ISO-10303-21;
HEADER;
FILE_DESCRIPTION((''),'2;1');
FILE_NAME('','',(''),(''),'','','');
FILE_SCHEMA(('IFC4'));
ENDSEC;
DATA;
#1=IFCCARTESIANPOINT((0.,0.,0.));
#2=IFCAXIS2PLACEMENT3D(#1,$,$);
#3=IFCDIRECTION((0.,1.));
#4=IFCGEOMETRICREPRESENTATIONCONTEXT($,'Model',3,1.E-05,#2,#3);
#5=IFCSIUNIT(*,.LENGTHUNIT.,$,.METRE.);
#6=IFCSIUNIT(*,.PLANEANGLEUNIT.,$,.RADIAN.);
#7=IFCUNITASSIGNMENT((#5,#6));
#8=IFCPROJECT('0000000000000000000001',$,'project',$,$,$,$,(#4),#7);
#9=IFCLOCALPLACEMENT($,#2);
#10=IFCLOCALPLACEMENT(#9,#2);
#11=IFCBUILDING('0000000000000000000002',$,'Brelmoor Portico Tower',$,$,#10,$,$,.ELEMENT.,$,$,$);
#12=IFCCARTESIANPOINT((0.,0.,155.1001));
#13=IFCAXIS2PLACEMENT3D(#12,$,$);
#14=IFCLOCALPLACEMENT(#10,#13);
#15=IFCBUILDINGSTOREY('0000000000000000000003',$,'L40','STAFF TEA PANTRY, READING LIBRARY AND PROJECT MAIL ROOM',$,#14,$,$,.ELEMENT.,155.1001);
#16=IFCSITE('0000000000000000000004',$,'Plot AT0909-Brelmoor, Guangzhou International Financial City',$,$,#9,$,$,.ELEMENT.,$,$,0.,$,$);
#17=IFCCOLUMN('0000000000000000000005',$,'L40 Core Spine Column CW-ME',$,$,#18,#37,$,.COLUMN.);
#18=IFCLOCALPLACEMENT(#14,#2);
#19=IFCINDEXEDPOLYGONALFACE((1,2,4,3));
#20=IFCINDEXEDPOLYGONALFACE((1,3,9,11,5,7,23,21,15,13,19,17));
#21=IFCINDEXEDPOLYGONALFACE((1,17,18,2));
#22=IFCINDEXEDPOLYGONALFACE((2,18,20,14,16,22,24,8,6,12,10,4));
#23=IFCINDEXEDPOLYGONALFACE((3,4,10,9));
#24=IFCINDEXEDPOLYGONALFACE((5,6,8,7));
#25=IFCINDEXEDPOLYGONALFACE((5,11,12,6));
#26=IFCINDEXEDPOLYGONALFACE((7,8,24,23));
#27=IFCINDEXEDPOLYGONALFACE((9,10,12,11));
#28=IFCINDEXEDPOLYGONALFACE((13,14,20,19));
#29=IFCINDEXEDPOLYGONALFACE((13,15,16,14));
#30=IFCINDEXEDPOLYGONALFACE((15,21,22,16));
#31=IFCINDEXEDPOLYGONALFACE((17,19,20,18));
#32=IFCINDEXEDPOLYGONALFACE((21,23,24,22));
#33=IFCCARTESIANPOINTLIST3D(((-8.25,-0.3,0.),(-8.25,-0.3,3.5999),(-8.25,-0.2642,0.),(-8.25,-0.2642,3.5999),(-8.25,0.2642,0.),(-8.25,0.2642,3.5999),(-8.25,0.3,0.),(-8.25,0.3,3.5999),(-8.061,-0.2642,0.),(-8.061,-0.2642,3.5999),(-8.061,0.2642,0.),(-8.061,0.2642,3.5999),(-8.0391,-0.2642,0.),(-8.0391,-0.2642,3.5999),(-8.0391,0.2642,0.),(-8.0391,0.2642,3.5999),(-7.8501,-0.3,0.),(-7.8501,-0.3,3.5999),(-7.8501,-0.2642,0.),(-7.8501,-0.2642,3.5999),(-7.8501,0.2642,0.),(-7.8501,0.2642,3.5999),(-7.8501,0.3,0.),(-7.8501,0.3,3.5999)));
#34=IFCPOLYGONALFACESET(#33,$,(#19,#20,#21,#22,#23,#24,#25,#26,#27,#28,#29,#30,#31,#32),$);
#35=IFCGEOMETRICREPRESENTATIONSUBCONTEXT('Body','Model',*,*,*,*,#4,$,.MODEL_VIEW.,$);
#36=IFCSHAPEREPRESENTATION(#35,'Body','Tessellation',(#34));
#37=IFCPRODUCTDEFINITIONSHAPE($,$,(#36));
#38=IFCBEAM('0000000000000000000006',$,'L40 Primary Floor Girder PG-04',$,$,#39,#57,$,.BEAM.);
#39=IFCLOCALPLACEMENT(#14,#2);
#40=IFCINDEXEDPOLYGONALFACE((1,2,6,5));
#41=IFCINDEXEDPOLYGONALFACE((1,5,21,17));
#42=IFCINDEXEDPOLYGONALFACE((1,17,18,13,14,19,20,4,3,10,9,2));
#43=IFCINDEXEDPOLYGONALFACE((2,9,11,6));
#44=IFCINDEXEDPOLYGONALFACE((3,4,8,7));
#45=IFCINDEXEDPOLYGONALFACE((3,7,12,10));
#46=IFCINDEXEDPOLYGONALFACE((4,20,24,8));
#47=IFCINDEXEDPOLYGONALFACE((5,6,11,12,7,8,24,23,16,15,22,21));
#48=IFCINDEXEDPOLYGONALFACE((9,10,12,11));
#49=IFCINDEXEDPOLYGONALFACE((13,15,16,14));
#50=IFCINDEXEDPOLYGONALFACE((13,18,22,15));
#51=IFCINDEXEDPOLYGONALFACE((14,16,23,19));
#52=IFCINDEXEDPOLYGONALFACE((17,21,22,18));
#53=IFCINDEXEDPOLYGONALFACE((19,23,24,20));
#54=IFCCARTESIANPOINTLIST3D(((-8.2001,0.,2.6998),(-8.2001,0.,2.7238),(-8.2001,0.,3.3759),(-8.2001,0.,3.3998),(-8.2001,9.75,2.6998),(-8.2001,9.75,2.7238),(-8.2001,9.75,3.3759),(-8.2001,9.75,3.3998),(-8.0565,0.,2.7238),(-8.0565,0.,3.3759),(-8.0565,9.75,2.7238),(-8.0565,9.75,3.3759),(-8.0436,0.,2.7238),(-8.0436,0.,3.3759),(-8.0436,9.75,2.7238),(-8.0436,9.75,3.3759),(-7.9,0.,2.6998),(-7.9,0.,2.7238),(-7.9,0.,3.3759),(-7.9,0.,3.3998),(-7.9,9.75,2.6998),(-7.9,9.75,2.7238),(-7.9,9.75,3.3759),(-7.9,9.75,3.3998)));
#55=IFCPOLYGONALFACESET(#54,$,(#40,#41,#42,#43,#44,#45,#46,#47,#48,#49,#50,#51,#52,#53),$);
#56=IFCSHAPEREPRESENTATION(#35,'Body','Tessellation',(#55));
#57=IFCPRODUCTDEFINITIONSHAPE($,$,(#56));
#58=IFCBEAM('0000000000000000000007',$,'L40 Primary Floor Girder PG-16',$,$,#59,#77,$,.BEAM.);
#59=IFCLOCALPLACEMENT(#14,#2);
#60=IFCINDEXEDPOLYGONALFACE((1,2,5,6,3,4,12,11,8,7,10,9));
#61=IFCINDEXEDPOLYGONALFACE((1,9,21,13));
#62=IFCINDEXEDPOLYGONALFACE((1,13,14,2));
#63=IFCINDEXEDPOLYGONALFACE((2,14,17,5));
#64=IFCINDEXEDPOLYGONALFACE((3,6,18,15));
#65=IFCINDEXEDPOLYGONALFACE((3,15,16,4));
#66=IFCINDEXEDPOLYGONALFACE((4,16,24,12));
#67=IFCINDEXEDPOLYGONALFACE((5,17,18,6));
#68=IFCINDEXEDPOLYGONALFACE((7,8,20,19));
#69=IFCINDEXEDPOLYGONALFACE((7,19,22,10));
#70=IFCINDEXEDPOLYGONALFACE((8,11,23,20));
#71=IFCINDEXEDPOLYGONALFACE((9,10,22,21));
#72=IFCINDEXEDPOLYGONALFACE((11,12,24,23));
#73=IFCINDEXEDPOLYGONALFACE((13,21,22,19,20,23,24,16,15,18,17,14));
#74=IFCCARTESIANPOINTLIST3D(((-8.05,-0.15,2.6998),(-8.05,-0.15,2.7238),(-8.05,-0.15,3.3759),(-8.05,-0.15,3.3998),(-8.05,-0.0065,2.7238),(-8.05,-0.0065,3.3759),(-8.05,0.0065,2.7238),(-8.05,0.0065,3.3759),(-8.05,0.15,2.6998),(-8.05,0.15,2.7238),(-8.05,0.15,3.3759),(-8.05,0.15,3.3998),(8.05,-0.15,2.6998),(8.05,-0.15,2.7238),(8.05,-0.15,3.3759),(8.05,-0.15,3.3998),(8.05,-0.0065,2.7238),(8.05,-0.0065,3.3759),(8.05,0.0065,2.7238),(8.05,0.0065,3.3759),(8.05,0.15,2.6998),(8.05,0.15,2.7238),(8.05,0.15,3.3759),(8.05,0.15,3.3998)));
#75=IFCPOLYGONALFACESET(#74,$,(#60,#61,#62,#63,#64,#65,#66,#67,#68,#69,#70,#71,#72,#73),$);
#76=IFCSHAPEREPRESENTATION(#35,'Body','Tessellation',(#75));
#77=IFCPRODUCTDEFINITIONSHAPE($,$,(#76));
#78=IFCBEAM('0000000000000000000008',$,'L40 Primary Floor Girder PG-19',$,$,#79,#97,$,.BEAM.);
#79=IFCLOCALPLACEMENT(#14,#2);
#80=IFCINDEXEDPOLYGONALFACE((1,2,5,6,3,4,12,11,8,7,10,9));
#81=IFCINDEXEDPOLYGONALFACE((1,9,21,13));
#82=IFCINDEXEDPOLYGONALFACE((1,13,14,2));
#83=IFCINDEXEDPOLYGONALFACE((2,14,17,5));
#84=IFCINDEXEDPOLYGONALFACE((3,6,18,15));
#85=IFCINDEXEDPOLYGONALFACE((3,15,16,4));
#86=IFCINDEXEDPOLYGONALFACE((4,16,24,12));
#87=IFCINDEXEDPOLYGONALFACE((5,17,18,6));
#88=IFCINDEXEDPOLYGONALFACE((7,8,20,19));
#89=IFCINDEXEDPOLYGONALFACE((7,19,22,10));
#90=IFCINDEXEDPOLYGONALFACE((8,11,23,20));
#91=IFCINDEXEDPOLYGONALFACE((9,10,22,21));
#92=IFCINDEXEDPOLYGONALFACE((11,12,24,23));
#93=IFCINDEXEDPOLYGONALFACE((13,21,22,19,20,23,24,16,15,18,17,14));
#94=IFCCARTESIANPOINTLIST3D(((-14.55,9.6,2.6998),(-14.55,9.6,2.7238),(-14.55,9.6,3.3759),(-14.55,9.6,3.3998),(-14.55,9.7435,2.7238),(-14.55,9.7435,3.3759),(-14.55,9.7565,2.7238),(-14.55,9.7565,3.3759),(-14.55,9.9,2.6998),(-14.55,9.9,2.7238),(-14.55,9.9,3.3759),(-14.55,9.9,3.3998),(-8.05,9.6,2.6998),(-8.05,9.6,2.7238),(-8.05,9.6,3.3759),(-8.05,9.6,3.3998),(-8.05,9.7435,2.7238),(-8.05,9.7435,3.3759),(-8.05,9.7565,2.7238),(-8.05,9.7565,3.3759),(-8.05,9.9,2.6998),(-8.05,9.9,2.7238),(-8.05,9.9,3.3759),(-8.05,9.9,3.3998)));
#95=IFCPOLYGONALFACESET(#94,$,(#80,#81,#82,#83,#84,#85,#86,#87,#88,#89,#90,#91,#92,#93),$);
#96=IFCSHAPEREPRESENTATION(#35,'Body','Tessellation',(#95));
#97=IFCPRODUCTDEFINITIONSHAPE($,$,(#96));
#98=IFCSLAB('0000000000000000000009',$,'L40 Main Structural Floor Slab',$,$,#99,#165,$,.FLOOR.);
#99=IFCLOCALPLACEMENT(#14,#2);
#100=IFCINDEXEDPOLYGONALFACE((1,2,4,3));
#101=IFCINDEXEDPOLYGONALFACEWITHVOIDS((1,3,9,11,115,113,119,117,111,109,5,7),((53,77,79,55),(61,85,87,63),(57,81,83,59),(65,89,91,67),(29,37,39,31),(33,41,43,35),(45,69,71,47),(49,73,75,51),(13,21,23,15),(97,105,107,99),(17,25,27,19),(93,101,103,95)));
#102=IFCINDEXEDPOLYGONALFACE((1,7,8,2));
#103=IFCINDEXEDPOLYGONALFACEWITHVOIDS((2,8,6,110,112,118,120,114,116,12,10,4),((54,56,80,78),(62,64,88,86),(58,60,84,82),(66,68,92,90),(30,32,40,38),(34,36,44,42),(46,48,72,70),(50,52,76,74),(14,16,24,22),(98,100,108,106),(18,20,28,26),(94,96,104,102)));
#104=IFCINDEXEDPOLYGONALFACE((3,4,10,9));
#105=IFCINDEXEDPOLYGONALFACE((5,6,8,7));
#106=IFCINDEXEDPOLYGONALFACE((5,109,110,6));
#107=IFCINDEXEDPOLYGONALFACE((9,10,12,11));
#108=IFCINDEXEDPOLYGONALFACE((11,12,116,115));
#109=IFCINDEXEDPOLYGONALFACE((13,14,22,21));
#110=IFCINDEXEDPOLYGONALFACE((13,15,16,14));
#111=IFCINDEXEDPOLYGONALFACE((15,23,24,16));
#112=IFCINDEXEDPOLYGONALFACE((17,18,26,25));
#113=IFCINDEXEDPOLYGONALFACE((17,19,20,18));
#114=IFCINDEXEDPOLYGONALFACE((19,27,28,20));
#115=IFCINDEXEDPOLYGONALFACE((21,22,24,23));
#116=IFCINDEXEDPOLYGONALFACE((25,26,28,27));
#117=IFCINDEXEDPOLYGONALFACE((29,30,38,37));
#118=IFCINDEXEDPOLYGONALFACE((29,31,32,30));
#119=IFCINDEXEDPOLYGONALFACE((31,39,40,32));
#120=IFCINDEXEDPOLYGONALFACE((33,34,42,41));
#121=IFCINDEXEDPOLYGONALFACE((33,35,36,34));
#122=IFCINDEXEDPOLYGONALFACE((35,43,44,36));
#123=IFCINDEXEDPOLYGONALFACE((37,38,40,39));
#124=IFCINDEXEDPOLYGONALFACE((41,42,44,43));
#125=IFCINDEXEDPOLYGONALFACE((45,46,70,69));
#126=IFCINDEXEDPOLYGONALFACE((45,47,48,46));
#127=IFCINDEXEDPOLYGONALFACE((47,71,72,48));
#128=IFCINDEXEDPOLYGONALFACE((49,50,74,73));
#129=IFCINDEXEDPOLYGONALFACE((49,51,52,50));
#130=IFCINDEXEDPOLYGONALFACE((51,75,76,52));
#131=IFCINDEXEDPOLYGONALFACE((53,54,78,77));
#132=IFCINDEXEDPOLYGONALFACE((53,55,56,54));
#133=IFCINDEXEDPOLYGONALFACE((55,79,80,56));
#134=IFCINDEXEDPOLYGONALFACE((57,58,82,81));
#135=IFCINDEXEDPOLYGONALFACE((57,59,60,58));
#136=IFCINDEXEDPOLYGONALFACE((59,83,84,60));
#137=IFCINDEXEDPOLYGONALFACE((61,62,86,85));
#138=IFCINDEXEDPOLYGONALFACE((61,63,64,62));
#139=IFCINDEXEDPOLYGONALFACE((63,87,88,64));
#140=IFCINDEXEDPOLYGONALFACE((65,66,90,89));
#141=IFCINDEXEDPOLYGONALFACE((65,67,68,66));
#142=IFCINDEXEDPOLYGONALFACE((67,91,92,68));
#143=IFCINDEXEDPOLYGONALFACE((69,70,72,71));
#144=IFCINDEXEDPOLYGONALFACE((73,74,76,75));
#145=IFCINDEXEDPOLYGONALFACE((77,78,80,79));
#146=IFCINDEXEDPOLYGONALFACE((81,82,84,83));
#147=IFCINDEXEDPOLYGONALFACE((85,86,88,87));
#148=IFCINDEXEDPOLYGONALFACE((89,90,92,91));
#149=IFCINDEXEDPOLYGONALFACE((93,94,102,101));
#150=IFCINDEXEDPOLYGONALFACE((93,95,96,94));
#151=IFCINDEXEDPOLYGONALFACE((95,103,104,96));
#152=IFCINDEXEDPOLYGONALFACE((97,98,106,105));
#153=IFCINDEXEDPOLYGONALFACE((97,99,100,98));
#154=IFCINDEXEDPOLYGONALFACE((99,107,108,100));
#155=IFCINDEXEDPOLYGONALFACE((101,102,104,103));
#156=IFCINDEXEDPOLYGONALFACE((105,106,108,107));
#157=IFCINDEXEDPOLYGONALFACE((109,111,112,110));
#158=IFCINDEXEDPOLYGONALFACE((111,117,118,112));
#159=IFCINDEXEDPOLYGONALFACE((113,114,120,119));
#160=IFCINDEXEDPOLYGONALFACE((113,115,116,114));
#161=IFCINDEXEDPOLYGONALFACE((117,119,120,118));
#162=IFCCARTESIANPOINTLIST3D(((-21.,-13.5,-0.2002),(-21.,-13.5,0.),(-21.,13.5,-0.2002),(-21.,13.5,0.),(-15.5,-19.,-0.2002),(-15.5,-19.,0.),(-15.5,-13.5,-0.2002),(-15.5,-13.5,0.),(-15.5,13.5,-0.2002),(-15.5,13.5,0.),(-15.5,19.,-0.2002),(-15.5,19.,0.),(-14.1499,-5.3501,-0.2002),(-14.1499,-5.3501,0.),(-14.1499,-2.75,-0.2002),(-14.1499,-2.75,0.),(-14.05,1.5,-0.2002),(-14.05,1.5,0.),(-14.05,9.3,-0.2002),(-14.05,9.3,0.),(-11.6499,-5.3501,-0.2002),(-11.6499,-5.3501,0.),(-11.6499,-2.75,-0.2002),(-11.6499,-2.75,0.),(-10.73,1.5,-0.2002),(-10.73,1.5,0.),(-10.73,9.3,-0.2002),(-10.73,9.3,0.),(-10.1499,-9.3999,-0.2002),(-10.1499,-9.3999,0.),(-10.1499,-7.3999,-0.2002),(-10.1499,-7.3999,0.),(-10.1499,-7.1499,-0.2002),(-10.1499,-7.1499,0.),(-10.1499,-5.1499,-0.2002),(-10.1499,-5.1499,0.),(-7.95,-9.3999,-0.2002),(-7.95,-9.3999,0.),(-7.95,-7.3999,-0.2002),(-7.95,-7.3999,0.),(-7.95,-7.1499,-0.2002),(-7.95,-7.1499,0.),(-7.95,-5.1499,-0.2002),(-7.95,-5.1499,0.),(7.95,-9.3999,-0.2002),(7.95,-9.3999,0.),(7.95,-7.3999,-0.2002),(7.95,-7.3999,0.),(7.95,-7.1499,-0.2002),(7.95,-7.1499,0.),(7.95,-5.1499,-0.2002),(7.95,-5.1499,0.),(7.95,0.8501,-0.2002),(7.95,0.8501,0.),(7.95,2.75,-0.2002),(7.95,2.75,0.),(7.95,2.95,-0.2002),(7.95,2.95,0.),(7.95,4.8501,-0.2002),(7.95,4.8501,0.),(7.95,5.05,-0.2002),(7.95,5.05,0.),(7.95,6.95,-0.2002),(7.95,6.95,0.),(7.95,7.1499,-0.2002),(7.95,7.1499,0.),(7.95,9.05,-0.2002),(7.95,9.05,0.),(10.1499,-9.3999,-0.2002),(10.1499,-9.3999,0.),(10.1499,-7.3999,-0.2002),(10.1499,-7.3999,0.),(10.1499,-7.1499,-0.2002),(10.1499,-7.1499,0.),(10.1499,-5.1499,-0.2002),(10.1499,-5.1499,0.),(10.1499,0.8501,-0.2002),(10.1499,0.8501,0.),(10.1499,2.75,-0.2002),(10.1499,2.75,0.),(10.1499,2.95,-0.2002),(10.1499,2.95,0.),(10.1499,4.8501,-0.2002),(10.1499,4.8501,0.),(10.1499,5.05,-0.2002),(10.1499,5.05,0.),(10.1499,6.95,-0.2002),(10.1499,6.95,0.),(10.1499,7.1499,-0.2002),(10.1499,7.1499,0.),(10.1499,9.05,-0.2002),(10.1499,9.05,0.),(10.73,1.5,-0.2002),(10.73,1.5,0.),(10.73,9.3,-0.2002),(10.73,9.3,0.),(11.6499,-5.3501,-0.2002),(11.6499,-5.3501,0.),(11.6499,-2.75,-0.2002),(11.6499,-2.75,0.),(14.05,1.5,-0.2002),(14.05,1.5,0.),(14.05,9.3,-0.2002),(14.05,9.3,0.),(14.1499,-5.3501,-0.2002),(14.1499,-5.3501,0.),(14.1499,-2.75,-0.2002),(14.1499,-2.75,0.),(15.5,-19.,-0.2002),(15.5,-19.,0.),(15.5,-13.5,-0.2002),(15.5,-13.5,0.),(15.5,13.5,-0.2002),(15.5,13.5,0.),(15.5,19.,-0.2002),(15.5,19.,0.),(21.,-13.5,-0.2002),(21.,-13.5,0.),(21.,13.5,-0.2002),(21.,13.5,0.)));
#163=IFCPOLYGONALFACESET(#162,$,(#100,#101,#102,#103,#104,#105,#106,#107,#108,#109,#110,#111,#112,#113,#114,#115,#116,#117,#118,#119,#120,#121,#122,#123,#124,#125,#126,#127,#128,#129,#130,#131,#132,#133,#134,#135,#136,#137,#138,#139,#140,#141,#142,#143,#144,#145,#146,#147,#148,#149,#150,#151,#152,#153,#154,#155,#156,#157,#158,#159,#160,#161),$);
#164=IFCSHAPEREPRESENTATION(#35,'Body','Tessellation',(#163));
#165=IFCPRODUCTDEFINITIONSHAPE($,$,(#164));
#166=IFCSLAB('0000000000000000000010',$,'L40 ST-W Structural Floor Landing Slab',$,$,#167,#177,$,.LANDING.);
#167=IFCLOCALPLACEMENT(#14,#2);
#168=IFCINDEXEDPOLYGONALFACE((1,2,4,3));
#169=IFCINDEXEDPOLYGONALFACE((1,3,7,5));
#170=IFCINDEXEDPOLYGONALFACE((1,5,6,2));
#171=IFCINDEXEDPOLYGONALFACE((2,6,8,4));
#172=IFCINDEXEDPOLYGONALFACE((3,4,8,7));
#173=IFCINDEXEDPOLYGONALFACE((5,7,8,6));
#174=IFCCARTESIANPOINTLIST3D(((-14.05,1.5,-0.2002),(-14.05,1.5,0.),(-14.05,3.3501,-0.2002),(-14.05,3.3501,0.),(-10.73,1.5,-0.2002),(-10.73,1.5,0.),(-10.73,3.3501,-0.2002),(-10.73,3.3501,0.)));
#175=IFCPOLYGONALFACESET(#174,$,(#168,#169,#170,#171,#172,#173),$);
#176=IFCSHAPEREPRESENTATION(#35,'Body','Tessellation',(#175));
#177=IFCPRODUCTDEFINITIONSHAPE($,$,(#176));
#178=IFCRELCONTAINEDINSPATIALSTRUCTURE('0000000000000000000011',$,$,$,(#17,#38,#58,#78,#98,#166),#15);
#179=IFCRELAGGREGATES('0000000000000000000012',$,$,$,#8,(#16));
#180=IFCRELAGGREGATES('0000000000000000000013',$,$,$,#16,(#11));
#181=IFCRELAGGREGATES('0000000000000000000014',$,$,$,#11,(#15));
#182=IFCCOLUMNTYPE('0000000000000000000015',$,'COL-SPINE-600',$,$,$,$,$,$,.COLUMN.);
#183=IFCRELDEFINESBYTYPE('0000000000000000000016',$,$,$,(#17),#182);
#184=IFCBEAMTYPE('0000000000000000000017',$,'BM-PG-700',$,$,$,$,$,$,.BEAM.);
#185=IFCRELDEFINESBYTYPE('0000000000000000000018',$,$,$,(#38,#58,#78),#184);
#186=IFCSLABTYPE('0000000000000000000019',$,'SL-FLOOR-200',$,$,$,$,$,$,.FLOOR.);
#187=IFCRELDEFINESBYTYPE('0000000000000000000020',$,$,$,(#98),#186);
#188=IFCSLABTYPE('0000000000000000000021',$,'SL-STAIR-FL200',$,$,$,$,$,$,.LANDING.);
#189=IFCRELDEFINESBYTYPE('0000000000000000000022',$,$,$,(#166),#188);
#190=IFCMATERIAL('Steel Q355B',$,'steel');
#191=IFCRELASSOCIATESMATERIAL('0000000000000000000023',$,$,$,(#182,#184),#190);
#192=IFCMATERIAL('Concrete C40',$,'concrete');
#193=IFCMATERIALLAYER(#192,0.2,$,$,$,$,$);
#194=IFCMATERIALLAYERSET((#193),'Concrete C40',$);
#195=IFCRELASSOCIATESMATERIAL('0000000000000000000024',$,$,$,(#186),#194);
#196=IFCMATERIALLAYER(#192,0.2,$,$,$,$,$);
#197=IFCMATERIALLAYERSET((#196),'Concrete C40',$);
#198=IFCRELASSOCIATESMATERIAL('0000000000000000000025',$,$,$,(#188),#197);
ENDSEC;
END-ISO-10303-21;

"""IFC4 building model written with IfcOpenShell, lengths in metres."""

from ifc_helpers import new_model, si_unit, direction, frame, origin, origin_2d, place, context, subcontext, project, spatial, polyline, i_section, outline, extrude, material, layer, layer_set, material_profile, profile_set, type_object, element, save


model = new_model("IFC4")

# Units and contexts
model_context = context("Model", 3, precision=1e-05, world=origin(), true_north=direction((0.0, 1.0)))
body_context = subcontext(model_context, "Body", "Model", "MODEL_VIEW")
ifc_project = project(units=[si_unit("LENGTHUNIT", "METRE"), si_unit("PLANEANGLEUNIT", "RADIAN")], contexts=[model_context])

# Site, building, storey
site_placement = place(None, origin())
site = spatial("IfcSite", under=ifc_project, at=site_placement, Name="Plot AT0909-Brelmoor, Guangzhou International Financial City", CompositionType="ELEMENT", RefElevation=0.0)
building_placement = place(site_placement, origin())
building = spatial("IfcBuilding", under=site, at=building_placement, Name="Brelmoor Portico Tower", CompositionType="ELEMENT")
storey_placement = place(building_placement, frame((0.0, 0.0, 155.1001)))
storey = spatial("IfcBuildingStorey", under=building, at=storey_placement, Name="L40", Description="STAFF TEA PANTRY, READING LIBRARY AND PROJECT MAIL ROOM", CompositionType="ELEMENT", Elevation=155.1001)

# Column
ifc_material_1 = material(Name="Steel Q355B", Category="steel")
ifc_material_profile_1 = material_profile(ifc_material_1, i_section(OverallWidth=0.3999, OverallDepth=0.6001, WebThickness=0.022, FlangeThickness=0.0359, at=origin_2d()), Name="HW 600x400x22x36")
ifc_profile_set_1 = profile_set([ifc_material_profile_1], Name="Steel Q355B")
column_type = type_object("IfcColumnType", Name="COL-SPINE-600", PredefinedType="COLUMN", material=ifc_profile_set_1)
column_placement = place(storey_placement, frame((-8.05, 0.0, 0.0), z_axis=(0.0, 0.0, 1.0), x_axis=(1.0, 0.0, 0.0)))
element("IfcColumn", 1, at=column_placement, inside=storey, type_object=column_type, Name="L40 Core Spine Column CW-ME", PredefinedType="COLUMN", context=body_context, shape_type="SweptSolid", body=[
    extrude(i_section(OverallWidth=0.3999, OverallDepth=0.6001, WebThickness=0.022, FlangeThickness=0.0359, at=origin_2d()), origin(), (0.0, 0.0, 1.0), 3.5999),
])

# Beams
ifc_material_profile_2 = material_profile(ifc_material_1, i_section(OverallWidth=0.3, OverallDepth=0.7, WebThickness=0.0129, FlangeThickness=0.0239, at=origin_2d()), Name="HN 700x300x13x24")
ifc_profile_set_2 = profile_set([ifc_material_profile_2], Name="Steel Q355B")
beam_type = type_object("IfcBeamType", Name="BM-PG-700", PredefinedType="BEAM", material=ifc_profile_set_2)
beam_1_placement = place(storey_placement, frame((-8.05, 0.0, 3.0498), z_axis=(0.0, 1.0, 0.0), x_axis=(-1.0, 0.0, 0.0)))
element("IfcBeam", 2, at=beam_1_placement, inside=storey, type_object=beam_type, Name="L40 Primary Floor Girder PG-04", PredefinedType="BEAM", context=body_context, shape_type="SweptSolid", body=[
    extrude(i_section(OverallWidth=0.3, OverallDepth=0.7, WebThickness=0.0129, FlangeThickness=0.0239, at=origin_2d()), origin(), (0.0, 0.0, 1.0), 9.75),
])
beam_2_placement = place(storey_placement, frame((-8.05, 0.0, 3.0498), z_axis=(1.0, 0.0, 0.0), x_axis=(0.0, 1.0, 0.0)))
element("IfcBeam", 3, at=beam_2_placement, inside=storey, type_object=beam_type, Name="L40 Primary Floor Girder PG-16", PredefinedType="BEAM", context=body_context, shape_type="SweptSolid", body=[
    extrude(i_section(OverallWidth=0.3, OverallDepth=0.7, WebThickness=0.0129, FlangeThickness=0.0239, at=origin_2d()), origin(), (0.0, 0.0, 1.0), 16.1001),
])
beam_3_placement = place(storey_placement, frame((-14.55, 9.75, 3.0498), z_axis=(1.0, 0.0, 0.0), x_axis=(0.0, 1.0, 0.0)))
element("IfcBeam", 4, at=beam_3_placement, inside=storey, type_object=beam_type, Name="L40 Primary Floor Girder PG-19", PredefinedType="BEAM", context=body_context, shape_type="SweptSolid", body=[
    extrude(i_section(OverallWidth=0.3, OverallDepth=0.7, WebThickness=0.0129, FlangeThickness=0.0239, at=origin_2d()), origin(), (0.0, 0.0, 1.0), 6.5),
])

# Slabs
ifc_material_2 = material(Name="Concrete C40", Category="concrete")
ifc_layer_1 = layer(ifc_material_2, 0.2)
ifc_layer_set_1 = layer_set([ifc_layer_1], Name="Concrete C40")
slab_type_1 = type_object("IfcSlabType", Name="SL-FLOOR-200", PredefinedType="FLOOR", material=ifc_layer_set_1)
slab_1_placement = place(storey_placement, frame((0.0, 0.0, -0.2002)))
element("IfcSlab", 5, at=slab_1_placement, inside=storey, type_object=slab_type_1, Name="L40 Main Structural Floor Slab", PredefinedType="FLOOR", context=body_context, shape_type="SweptSolid", body=[
    extrude(outline(polyline([(-15.5, -19.0), (15.5, -19.0), (15.5, -13.5), (21.0, -13.5), (21.0, 13.5), (15.5, 13.5), (15.5, 19.0), (-15.5, 19.0), (-15.5, 13.5), (-21.0, 13.5), (-21.0, -13.5), (-15.5, -13.5), (-15.5, -19.0)]), holes=[polyline([(-10.73, 1.5), (-10.73, 9.3), (-14.05, 9.3), (-14.05, 1.5), (-10.73, 1.5)]), polyline([(14.05, 1.5), (14.05, 9.3), (10.73, 9.3), (10.73, 1.5), (14.05, 1.5)]), polyline([(7.95, 0.8501), (10.1499, 0.8501), (10.1499, 2.75), (7.95, 2.75), (7.95, 0.8501)]), polyline([(7.95, 2.95), (10.1499, 2.95), (10.1499, 4.8501), (7.95, 4.8501), (7.95, 2.95)]), polyline([(7.95, 5.05), (10.1499, 5.05), (10.1499, 6.95), (7.95, 6.95), (7.95, 5.05)]), polyline([(7.95, 7.1499), (10.1499, 7.1499), (10.1499, 9.05), (7.95, 9.05), (7.95, 7.1499)]), polyline([(-10.1499, -9.3999), (-7.95, -9.3999), (-7.95, -7.3999), (-10.1499, -7.3999), (-10.1499, -9.3999)]), polyline([(-10.1499, -7.1499), (-7.95, -7.1499), (-7.95, -5.1499), (-10.1499, -5.1499), (-10.1499, -7.1499)]), polyline([(7.95, -9.3999), (10.1499, -9.3999), (10.1499, -7.3999), (7.95, -7.3999), (7.95, -9.3999)]), polyline([(7.95, -7.1499), (10.1499, -7.1499), (10.1499, -5.1499), (7.95, -5.1499), (7.95, -7.1499)]), polyline([(-14.1499, -5.3501), (-11.6499, -5.3501), (-11.6499, -2.75), (-14.1499, -2.75), (-14.1499, -5.3501)]), polyline([(11.6499, -5.3501), (14.1499, -5.3501), (14.1499, -2.75), (11.6499, -2.75), (11.6499, -5.3501)])]), origin(), (0.0, 0.0, 1.0), 0.2002),
])
ifc_layer_2 = layer(ifc_material_2, 0.2)
ifc_layer_set_2 = layer_set([ifc_layer_2], Name="Concrete C40")
slab_type_2 = type_object("IfcSlabType", Name="SL-STAIR-FL200", PredefinedType="LANDING", material=ifc_layer_set_2)
slab_2_placement = place(storey_placement, frame((0.0, 0.0, -0.2002)))
element("IfcSlab", 6, at=slab_2_placement, inside=storey, type_object=slab_type_2, Name="L40 ST-W Structural Floor Landing Slab", PredefinedType="LANDING", context=body_context, shape_type="SweptSolid", body=[
    extrude(outline(polyline([(-10.73, 1.5), (-10.73, 3.3501), (-14.05, 3.3501), (-14.05, 1.5), (-10.73, 1.5)])), origin(), (0.0, 0.0, 1.0), 0.2002),
])

save(model, "model.ifc")
